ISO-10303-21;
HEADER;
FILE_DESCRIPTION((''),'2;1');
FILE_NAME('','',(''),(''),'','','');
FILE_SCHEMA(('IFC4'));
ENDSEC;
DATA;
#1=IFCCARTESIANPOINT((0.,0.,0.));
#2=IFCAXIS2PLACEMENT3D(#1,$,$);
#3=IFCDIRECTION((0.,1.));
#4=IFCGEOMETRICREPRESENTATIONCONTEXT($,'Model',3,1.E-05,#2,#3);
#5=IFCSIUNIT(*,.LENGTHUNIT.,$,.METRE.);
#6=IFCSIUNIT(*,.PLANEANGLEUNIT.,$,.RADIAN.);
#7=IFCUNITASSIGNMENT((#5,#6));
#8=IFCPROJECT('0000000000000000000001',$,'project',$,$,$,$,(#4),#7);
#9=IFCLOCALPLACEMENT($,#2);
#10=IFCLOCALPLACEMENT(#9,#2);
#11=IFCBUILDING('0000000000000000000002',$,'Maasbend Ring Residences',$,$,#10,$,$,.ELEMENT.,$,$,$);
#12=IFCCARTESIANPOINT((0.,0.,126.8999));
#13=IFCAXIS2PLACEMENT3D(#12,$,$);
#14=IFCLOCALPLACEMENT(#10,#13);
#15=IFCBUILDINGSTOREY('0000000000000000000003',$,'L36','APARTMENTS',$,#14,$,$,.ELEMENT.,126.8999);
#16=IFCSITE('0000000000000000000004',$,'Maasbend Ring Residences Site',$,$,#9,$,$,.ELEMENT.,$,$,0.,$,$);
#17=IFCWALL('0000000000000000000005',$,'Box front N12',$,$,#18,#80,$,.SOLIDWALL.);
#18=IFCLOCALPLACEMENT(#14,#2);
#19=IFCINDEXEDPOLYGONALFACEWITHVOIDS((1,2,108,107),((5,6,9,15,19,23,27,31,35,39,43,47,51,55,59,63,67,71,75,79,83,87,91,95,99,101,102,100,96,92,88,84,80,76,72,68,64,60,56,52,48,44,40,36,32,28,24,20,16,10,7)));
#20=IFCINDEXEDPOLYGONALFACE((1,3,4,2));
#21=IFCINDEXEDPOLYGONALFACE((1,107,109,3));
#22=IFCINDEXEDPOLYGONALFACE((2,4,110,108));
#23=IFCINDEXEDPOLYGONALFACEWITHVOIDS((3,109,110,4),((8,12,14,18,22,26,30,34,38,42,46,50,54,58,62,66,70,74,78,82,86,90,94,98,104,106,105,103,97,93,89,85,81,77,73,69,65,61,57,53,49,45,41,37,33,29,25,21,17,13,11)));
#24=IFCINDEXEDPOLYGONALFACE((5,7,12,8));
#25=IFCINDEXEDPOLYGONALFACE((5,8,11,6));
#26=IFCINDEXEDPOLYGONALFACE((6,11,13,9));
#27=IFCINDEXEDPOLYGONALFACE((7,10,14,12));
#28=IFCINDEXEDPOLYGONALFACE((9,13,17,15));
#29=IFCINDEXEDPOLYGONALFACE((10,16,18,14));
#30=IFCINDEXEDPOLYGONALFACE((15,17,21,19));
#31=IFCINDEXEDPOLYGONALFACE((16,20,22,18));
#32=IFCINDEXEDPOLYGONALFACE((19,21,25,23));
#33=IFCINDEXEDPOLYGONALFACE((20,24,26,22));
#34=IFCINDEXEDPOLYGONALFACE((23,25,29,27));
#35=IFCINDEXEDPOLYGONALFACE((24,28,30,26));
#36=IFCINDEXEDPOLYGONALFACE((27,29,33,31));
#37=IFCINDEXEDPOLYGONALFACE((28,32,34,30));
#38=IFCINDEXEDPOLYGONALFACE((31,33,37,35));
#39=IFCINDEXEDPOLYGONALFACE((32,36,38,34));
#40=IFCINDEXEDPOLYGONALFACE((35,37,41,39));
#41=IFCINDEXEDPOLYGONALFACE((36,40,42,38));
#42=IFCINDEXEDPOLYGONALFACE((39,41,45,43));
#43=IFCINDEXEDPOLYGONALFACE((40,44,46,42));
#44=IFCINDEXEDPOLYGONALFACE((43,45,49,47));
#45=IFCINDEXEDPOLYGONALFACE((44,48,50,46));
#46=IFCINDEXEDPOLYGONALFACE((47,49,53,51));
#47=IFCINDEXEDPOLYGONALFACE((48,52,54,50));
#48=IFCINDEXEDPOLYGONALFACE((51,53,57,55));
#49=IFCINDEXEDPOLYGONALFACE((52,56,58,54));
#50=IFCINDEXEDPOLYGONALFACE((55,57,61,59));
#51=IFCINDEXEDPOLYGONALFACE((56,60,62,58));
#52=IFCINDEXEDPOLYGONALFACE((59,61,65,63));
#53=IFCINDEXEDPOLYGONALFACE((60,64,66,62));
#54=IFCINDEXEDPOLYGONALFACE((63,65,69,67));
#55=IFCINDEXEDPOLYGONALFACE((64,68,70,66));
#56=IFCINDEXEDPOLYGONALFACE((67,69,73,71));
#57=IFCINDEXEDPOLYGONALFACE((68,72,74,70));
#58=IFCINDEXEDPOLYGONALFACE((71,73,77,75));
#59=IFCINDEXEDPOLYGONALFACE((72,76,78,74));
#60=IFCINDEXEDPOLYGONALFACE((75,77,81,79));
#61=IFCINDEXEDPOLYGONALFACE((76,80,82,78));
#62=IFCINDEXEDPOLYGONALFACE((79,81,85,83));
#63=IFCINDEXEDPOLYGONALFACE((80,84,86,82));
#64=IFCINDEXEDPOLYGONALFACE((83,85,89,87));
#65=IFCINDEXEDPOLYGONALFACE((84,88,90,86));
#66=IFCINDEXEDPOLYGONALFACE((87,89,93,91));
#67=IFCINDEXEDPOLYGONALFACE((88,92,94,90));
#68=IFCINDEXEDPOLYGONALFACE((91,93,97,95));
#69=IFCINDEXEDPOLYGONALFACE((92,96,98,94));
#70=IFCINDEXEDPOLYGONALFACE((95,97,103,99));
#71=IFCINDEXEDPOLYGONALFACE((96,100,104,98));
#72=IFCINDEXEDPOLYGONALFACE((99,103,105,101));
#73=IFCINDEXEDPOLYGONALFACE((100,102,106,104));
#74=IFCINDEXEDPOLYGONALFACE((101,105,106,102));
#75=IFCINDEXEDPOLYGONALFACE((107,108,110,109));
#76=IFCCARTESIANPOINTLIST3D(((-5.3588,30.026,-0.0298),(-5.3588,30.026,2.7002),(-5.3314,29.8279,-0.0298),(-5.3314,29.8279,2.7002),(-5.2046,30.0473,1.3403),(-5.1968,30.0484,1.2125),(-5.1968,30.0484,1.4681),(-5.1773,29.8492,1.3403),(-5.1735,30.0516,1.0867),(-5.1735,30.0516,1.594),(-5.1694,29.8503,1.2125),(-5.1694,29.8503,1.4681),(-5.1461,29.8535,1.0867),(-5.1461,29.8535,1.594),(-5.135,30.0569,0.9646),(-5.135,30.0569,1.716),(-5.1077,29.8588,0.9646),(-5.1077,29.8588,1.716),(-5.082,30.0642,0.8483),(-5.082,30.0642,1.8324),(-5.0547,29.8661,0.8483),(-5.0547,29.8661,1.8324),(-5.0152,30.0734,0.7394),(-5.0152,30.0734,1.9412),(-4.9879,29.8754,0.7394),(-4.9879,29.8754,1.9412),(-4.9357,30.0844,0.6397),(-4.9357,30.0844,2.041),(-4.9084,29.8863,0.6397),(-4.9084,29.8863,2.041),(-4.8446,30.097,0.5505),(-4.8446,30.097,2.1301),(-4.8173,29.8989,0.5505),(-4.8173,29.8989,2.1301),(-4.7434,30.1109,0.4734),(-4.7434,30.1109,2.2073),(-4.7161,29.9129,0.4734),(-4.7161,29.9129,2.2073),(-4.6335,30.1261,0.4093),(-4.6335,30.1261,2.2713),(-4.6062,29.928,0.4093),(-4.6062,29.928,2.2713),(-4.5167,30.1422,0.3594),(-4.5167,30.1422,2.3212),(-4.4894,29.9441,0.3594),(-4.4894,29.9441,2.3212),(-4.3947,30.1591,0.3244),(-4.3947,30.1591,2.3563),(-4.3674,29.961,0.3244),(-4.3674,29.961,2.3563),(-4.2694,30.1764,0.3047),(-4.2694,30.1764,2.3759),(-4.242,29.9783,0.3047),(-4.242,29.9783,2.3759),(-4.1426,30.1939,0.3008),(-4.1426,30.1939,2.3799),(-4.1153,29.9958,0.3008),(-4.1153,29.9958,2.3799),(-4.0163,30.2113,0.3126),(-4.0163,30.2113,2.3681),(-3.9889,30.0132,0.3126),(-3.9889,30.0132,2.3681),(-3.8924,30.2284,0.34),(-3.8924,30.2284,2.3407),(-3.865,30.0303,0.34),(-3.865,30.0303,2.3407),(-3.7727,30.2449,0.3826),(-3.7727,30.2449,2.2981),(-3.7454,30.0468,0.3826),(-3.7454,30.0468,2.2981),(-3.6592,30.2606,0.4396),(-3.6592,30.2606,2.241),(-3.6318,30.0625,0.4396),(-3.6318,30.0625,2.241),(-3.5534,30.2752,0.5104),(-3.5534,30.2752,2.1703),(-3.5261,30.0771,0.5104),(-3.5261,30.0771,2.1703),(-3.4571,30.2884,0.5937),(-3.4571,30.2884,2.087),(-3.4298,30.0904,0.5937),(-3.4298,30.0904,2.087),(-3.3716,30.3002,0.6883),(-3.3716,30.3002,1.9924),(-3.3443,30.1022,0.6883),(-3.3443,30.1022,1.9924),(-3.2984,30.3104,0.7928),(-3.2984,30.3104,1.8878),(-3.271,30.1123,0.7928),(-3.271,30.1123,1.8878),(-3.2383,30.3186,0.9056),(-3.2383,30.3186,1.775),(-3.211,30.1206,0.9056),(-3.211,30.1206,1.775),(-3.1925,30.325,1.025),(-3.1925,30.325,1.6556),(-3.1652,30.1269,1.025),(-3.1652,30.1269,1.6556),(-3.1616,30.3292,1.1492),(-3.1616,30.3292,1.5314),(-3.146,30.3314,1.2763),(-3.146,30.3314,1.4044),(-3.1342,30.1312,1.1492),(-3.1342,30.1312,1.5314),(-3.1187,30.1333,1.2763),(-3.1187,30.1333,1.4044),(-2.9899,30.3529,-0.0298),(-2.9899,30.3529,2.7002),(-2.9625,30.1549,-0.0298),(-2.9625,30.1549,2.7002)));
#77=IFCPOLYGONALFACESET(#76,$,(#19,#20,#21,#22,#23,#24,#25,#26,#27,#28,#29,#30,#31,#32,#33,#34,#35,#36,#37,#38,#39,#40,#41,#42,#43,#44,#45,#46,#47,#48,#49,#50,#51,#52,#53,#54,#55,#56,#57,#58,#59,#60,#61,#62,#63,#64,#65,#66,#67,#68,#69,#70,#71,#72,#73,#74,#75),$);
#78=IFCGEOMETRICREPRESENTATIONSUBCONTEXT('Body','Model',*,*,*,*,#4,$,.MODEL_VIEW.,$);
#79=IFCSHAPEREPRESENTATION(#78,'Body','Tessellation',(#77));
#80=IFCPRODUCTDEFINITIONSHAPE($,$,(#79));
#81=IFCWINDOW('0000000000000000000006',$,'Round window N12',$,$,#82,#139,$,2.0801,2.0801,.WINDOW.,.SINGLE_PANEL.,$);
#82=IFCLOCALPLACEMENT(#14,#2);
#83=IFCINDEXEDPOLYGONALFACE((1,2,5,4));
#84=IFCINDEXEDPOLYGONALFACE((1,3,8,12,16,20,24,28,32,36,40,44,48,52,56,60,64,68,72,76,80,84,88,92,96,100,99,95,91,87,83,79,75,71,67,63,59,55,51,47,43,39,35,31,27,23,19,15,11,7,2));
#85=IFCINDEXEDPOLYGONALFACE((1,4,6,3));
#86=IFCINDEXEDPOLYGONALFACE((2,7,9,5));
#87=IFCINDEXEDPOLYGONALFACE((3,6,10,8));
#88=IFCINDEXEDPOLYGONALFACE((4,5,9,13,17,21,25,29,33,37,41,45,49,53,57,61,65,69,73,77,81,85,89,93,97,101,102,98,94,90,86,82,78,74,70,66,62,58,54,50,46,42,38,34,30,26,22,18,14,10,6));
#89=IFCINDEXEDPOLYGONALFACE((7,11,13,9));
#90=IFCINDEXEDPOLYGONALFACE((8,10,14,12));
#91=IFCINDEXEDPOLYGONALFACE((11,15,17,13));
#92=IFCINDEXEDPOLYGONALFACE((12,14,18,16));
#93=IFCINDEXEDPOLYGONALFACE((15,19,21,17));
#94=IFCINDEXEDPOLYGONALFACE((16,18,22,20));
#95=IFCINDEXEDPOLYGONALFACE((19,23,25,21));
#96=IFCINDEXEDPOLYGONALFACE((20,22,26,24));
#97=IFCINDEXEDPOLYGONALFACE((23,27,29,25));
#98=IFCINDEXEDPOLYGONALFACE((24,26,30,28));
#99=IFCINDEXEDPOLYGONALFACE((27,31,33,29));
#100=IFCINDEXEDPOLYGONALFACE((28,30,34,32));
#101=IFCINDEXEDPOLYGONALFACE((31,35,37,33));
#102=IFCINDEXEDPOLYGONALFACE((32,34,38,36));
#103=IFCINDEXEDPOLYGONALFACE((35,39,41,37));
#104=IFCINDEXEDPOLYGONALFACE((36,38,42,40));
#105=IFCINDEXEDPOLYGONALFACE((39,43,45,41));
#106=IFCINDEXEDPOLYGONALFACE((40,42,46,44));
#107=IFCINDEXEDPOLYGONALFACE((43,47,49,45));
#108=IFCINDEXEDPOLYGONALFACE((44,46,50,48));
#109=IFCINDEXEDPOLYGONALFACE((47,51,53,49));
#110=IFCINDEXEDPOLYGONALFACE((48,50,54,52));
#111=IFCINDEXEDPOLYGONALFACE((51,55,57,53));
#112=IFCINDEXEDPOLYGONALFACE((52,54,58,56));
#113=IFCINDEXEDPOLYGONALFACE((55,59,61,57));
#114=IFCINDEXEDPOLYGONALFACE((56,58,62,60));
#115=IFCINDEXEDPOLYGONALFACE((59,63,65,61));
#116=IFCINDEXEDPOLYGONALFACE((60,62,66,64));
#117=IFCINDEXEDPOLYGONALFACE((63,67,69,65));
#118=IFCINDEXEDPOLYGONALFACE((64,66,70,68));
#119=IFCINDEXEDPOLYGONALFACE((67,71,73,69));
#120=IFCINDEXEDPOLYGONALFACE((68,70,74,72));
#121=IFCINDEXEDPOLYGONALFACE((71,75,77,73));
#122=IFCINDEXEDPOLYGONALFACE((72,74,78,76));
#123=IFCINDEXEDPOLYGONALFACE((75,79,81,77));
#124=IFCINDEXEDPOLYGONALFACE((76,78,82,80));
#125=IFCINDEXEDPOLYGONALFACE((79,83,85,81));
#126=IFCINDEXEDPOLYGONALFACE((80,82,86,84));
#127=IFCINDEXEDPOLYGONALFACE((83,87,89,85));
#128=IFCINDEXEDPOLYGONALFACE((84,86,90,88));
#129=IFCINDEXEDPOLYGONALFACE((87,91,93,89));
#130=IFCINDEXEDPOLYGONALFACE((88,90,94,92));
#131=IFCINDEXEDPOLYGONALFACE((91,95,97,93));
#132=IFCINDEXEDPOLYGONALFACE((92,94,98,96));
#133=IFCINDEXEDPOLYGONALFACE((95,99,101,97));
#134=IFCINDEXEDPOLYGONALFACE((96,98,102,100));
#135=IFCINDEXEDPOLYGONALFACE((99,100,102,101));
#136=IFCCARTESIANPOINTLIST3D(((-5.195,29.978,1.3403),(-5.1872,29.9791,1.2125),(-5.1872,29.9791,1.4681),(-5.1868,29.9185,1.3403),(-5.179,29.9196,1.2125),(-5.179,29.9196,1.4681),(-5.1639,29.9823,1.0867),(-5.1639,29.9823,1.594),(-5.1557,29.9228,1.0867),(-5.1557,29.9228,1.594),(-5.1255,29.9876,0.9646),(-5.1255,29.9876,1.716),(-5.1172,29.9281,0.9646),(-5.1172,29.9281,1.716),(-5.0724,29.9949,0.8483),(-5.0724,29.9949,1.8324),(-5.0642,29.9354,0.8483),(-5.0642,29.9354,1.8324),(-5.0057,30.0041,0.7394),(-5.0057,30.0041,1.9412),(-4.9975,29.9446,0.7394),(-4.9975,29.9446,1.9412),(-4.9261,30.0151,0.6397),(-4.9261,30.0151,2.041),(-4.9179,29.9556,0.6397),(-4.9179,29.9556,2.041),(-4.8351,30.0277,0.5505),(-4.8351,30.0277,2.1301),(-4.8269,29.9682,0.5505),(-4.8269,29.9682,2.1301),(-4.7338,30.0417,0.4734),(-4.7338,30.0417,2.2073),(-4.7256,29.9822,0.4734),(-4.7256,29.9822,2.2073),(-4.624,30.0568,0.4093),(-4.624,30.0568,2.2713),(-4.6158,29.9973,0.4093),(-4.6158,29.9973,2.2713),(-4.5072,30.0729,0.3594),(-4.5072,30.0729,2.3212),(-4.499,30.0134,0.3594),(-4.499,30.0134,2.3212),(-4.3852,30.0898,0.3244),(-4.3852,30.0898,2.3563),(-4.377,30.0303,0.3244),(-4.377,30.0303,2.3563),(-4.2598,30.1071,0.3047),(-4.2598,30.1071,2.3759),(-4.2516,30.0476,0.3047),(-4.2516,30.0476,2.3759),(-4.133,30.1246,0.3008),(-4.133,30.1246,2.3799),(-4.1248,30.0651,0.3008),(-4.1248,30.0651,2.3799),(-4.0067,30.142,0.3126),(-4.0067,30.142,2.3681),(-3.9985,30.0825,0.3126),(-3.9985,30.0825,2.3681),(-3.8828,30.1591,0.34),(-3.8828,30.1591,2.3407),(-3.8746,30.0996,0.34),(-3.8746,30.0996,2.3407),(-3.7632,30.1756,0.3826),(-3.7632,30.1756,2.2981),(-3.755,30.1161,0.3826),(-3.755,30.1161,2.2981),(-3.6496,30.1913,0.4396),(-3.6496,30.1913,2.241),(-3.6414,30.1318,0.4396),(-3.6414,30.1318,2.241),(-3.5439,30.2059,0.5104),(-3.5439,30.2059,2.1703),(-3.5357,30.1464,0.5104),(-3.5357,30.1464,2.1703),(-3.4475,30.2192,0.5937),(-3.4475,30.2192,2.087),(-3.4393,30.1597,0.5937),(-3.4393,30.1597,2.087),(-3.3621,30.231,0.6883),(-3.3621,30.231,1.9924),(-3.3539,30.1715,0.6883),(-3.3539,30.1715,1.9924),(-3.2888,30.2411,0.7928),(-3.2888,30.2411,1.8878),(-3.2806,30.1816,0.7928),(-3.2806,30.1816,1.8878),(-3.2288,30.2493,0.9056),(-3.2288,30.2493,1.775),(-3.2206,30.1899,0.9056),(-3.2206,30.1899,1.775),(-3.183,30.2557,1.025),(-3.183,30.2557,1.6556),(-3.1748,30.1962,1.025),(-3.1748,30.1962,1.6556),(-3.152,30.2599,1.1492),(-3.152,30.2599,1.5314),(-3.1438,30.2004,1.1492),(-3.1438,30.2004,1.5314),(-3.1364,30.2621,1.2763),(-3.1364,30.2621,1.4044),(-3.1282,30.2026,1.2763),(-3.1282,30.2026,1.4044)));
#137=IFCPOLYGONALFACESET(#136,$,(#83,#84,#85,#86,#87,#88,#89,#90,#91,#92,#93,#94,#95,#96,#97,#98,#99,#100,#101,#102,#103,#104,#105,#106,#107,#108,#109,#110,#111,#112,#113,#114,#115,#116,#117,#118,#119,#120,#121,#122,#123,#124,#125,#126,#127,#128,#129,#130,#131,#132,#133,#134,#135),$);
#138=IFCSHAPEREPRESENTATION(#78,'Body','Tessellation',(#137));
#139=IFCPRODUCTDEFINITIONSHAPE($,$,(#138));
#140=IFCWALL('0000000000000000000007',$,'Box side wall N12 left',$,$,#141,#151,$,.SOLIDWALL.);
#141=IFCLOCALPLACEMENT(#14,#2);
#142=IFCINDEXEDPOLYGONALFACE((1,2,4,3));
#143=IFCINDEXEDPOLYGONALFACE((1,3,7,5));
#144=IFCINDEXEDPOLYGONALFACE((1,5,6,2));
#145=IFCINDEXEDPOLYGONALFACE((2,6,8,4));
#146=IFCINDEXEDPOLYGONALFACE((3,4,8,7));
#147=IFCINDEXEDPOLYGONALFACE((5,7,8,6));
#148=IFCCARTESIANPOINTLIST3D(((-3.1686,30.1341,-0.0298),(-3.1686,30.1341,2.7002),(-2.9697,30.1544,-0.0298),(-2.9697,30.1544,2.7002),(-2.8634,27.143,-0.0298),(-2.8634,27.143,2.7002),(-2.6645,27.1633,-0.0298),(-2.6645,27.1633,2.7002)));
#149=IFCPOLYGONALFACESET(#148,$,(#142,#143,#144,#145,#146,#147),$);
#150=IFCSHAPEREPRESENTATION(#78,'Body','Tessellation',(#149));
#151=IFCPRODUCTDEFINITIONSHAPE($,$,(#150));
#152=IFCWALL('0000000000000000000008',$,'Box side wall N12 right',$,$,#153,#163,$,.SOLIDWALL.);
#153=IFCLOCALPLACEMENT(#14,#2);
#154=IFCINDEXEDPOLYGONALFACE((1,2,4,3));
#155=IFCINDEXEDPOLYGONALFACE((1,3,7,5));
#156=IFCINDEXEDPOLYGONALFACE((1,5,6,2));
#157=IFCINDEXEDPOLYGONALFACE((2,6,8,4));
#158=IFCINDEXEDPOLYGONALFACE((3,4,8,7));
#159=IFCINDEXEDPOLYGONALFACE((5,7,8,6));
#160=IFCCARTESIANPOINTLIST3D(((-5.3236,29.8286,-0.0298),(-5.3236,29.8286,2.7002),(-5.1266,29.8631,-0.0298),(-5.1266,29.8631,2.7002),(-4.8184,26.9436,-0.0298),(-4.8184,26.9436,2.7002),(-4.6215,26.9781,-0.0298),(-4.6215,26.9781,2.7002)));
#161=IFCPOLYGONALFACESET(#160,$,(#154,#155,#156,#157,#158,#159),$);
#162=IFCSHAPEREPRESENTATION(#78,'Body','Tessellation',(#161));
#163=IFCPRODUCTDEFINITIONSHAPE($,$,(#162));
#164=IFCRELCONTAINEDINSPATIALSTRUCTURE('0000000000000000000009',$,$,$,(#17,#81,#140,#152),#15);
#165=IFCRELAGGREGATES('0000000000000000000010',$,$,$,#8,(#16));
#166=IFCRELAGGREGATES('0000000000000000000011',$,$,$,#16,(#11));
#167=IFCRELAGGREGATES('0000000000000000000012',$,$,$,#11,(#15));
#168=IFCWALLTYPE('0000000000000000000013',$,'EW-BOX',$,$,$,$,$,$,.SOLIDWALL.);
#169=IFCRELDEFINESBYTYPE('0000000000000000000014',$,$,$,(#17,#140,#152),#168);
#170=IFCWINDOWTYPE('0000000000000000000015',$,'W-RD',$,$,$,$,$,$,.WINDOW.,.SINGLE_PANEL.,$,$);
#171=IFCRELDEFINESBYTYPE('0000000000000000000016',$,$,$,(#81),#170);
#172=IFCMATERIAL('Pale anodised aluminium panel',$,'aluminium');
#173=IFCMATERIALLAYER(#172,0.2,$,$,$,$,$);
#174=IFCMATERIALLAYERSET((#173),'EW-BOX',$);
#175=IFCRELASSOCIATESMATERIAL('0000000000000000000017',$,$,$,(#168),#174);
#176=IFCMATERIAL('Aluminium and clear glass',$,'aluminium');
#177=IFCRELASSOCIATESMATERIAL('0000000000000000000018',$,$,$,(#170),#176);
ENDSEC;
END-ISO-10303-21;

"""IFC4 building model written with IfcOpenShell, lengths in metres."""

from ifc_helpers import new_model, si_unit, direction, frame, frame_2d, origin, place, context, subcontext, project, spatial, rectangle, circle, extrude, material, layer, layer_set, type_object, element, fill, save


model = new_model("IFC4")

# Units and contexts
model_context = context("Model", 3, precision=1e-05, world=origin(), true_north=direction((0.0, 1.0)))
body_context = subcontext(model_context, "Body", "Model", "MODEL_VIEW")
ifc_project = project(units=[si_unit("LENGTHUNIT", "METRE"), si_unit("PLANEANGLEUNIT", "RADIAN")], contexts=[model_context])

# Site, building, storey
site_placement = place(None, origin())
site = spatial("IfcSite", under=ifc_project, at=site_placement, Name="Maasbend Ring Residences Site", CompositionType="ELEMENT", RefElevation=0.0)
building_placement = place(site_placement, origin())
building = spatial("IfcBuilding", under=site, at=building_placement, Name="Maasbend Ring Residences", CompositionType="ELEMENT")
storey_placement = place(building_placement, frame((0.0, 0.0, 126.8999)))
storey = spatial("IfcBuildingStorey", under=building, at=storey_placement, Name="L36", Description="APARTMENTS", CompositionType="ELEMENT", Elevation=126.8999)

# Wall, opening, window
ifc_material_1 = material(Name="Pale anodised aluminium panel", Category="aluminium")
ifc_layer_1 = layer(ifc_material_1, 0.2)
ifc_layer_set_1 = layer_set([ifc_layer_1], Name="EW-BOX")
wall_type_1 = type_object("IfcWallType", Name="EW-BOX", PredefinedType="SOLIDWALL", material=ifc_layer_set_1)
wall_1_placement = place(storey_placement, frame((-2.9761, 30.2539, -0.0298), z_axis=(0.0, 0.0, 1.0), x_axis=(-0.990612, -0.136703, 0.0)))
wall_1 = element("IfcWall", 1, at=wall_1_placement, inside=storey, type_object=wall_type_1, Name="Box front N12", PredefinedType="SOLIDWALL", context=body_context, shape_type="SweptSolid", body=[
    extrude(rectangle(XDim=2.3914, YDim=0.2, at=frame_2d((1.1958, 0.0))), origin(), (0.0, 0.0, 1.0), 2.73),
])
opening_1_placement = place(wall_1_placement, frame((0.1558, 0.0, 0.3301)))
opening_1 = element("IfcOpeningElement", 2, at=opening_1_placement, cuts=wall_1, PredefinedType="OPENING", context=body_context, shape_type="SweptSolid", body=[
    extrude(circle(Radius=1.04, at=frame_2d((1.04, 1.04))), frame((0.0, 0.1099, 0.0), z_axis=(0.0, -1.0, 0.0), x_axis=(1.0, 0.0, 0.0)), (0.0, 0.0, 1.0), 0.22),
])
ifc_material_2 = material(Name="Aluminium and clear glass", Category="aluminium")
window_type_1 = type_object("IfcWindowType", Name="W-RD", PartitioningType="SINGLE_PANEL", PredefinedType="WINDOW", material=ifc_material_2)
window_1_placement = place(opening_1_placement, origin())
window_1 = element("IfcWindow", 3, at=window_1_placement, inside=storey, type_object=window_type_1, Name="Round window N12", OverallHeight=2.0801, OverallWidth=2.0801, PartitioningType="SINGLE_PANEL", PredefinedType="WINDOW", context=body_context, shape_type="SweptSolid", body=[
    extrude(circle(Radius=1.04, at=frame_2d((1.04, 1.04))), frame((0.0, 0.03, 0.0), z_axis=(0.0, -1.0, 0.0), x_axis=(1.0, 0.0, 0.0)), (0.0, 0.0, 1.0), 0.0601),
])
fill(opening_1, window_1)

# Walls
wall_2_placement = place(storey_placement, frame((-2.7639, 27.1531, -0.0298), z_axis=(0.0, 0.0, 1.0), x_axis=(-0.101505, 0.994835, 0.0)))
element("IfcWall", 4, at=wall_2_placement, inside=storey, type_object=wall_type_1, Name="Box side wall N12 left", PredefinedType="SOLIDWALL", context=body_context, shape_type="SweptSolid", body=[
    extrude(rectangle(XDim=3.0066, YDim=0.2, at=frame_2d((1.5034, 0.0))), origin(), (0.0, 0.0, 1.0), 2.73),
])
wall_3_placement = place(storey_placement, frame((-4.72, 26.9609, -0.0298), z_axis=(0.0, 0.0, 1.0), x_axis=(-0.172463, 0.985016, 0.0)))
element("IfcWall", 5, at=wall_3_placement, inside=storey, type_object=wall_type_1, Name="Box side wall N12 right", PredefinedType="SOLIDWALL", context=body_context, shape_type="SweptSolid", body=[
    extrude(rectangle(XDim=2.929, YDim=0.2, at=frame_2d((1.4644, 0.0))), origin(), (0.0, 0.0, 1.0), 2.73),
])

save(model, "model.ifc")
